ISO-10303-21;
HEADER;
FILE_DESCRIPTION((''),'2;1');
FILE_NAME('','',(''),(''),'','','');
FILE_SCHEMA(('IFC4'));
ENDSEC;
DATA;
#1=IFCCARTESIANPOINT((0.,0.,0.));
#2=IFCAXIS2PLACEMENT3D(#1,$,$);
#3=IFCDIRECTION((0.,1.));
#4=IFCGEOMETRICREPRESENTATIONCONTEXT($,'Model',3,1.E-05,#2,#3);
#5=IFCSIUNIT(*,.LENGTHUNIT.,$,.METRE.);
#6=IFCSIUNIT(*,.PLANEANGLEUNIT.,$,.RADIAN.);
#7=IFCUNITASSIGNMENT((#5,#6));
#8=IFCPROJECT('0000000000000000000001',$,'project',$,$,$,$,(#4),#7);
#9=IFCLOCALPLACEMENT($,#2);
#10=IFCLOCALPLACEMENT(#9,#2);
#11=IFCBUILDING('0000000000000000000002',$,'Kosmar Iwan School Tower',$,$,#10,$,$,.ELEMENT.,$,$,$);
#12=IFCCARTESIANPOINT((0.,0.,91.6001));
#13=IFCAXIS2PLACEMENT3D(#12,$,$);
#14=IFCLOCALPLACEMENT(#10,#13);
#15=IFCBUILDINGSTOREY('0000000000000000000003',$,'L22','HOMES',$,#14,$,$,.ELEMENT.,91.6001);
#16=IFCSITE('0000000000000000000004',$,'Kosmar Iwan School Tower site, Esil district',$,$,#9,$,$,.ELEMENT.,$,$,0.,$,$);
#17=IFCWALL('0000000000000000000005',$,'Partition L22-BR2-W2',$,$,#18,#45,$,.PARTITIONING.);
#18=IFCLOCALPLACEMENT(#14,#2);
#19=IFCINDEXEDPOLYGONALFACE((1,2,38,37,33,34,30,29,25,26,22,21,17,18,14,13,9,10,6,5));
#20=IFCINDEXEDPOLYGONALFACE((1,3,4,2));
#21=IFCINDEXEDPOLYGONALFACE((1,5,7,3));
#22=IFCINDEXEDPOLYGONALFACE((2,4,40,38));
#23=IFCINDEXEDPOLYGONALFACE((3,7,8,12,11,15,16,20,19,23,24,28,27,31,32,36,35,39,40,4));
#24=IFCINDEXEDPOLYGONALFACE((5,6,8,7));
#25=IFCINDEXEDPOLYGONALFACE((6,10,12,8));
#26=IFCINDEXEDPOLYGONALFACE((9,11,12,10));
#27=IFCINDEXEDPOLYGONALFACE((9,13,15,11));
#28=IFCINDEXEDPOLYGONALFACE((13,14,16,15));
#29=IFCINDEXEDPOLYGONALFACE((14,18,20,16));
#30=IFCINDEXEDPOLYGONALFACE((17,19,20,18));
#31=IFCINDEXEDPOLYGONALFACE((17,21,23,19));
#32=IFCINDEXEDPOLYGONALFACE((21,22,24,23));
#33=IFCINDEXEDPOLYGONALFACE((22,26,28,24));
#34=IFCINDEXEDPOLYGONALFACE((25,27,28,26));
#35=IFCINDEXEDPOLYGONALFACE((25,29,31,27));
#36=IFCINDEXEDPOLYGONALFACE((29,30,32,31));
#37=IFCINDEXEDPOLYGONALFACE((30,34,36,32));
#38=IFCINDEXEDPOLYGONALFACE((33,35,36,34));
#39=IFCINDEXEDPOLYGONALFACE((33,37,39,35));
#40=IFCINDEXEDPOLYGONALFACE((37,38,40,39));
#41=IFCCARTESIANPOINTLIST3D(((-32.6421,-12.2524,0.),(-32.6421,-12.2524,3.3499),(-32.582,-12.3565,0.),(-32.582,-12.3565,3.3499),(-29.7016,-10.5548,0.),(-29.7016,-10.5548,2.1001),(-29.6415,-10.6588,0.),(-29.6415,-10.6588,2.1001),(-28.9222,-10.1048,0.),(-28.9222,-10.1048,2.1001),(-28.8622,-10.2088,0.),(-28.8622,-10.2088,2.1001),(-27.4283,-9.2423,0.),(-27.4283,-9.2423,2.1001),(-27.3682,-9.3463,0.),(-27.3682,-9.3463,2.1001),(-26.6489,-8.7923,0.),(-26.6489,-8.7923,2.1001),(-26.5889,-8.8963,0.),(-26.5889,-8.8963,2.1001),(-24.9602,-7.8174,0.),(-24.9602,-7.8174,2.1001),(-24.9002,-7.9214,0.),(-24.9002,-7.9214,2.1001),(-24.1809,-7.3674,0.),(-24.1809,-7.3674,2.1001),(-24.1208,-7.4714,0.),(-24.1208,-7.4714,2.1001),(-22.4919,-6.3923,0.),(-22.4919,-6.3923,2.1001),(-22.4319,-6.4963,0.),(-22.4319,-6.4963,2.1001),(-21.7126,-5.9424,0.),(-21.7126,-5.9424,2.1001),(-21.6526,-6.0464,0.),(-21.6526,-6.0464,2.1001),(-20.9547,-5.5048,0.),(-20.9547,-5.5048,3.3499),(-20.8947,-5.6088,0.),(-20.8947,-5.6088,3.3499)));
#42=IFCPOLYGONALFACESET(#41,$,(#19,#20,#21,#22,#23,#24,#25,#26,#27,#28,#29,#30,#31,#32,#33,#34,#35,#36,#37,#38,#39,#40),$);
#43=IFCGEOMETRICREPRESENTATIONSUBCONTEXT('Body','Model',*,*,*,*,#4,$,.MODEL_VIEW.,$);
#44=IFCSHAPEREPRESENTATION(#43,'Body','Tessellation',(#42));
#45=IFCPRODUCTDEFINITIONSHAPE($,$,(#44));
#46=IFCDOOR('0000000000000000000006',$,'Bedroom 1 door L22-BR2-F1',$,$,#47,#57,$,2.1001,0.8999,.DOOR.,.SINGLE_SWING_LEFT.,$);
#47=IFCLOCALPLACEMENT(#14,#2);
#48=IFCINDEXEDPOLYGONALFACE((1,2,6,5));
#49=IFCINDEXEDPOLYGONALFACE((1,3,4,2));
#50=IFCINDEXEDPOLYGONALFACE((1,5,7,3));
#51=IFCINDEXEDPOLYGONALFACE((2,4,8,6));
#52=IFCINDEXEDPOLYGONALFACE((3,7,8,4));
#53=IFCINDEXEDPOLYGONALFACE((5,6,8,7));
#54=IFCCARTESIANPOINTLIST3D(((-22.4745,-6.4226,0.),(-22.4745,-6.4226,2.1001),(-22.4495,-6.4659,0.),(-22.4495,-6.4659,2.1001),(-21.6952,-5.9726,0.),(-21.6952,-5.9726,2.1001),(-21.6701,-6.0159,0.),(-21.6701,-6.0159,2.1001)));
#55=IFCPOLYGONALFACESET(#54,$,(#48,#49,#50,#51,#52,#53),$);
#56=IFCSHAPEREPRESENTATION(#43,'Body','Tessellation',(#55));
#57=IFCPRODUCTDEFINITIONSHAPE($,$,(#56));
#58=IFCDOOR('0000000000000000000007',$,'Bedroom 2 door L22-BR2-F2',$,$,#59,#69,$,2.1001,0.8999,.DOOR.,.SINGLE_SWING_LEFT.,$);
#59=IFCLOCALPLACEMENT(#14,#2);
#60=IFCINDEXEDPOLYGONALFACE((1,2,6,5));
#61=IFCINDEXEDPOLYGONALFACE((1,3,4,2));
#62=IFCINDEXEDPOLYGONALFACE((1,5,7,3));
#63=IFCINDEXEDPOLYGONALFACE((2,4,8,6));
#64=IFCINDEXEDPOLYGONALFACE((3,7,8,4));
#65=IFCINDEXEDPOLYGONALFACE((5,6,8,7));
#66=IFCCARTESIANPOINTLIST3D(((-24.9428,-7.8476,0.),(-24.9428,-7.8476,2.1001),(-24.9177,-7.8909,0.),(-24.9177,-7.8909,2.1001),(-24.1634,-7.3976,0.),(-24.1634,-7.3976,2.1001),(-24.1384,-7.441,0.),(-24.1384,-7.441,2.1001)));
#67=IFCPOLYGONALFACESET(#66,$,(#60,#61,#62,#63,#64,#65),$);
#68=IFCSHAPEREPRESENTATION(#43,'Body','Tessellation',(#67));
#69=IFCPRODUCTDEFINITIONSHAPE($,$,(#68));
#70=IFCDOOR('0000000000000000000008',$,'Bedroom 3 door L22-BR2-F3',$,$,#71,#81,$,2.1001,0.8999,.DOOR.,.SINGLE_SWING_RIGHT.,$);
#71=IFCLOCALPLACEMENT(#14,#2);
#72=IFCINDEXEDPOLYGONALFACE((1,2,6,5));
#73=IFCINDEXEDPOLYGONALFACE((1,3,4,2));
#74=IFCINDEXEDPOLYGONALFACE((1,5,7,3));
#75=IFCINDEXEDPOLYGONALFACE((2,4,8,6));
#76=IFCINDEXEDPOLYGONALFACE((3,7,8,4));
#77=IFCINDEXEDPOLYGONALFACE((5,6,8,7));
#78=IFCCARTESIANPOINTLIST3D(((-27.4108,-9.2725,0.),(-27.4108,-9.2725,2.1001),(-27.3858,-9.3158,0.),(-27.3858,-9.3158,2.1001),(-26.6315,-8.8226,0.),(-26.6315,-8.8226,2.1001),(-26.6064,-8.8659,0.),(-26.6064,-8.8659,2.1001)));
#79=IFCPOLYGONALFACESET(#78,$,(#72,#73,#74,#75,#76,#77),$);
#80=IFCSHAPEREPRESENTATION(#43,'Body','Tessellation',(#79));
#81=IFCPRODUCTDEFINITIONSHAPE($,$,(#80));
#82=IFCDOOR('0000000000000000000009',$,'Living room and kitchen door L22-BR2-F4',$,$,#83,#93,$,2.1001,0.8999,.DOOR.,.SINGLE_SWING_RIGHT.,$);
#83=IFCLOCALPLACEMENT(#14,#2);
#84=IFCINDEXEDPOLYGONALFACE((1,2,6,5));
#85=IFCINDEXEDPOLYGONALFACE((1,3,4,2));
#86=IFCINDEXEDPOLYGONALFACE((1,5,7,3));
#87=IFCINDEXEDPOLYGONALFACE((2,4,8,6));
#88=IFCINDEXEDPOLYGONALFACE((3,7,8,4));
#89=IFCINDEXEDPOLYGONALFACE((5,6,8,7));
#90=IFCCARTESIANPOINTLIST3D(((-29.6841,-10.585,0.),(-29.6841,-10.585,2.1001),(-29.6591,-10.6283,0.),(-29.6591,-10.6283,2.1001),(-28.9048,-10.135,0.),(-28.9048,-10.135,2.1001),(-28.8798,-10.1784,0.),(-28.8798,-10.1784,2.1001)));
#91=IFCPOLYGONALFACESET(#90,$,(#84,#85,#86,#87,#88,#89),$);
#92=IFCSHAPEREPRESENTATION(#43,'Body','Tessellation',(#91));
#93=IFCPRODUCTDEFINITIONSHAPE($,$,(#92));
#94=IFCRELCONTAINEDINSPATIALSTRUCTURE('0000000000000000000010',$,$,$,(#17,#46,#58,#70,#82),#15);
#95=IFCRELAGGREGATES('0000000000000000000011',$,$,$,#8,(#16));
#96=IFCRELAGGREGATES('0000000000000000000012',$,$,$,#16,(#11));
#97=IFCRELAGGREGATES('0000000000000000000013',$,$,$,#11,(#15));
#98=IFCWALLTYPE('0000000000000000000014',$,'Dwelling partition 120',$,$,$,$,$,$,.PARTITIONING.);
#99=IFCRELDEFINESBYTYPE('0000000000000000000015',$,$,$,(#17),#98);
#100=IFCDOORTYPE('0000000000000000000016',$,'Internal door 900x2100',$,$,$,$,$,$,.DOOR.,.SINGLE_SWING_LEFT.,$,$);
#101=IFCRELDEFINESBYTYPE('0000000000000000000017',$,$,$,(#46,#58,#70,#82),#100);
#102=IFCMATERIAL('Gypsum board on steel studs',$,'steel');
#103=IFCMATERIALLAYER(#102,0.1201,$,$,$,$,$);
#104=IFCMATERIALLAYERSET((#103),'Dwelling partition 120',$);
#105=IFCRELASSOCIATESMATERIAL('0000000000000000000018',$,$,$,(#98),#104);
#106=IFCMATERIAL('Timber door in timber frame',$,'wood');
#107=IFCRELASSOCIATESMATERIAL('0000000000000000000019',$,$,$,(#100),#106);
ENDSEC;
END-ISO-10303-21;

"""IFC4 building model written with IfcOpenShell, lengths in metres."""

from ifc_helpers import new_model, si_unit, direction, frame, frame_2d, origin, place, context, subcontext, project, spatial, rectangle, extrude, material, layer, layer_set, type_object, element, fill, save


model = new_model("IFC4")

# Units and contexts
model_context = context("Model", 3, precision=1e-05, world=origin(), true_north=direction((0.0, 1.0)))
body_context = subcontext(model_context, "Body", "Model", "MODEL_VIEW")
ifc_project = project(units=[si_unit("LENGTHUNIT", "METRE"), si_unit("PLANEANGLEUNIT", "RADIAN")], contexts=[model_context])

# Site, building, storey
site_placement = place(None, origin())
site = spatial("IfcSite", under=ifc_project, at=site_placement, Name="Kosmar Iwan School Tower site, Esil district", CompositionType="ELEMENT", RefElevation=0.0)
building_placement = place(site_placement, origin())
building = spatial("IfcBuilding", under=site, at=building_placement, Name="Kosmar Iwan School Tower", CompositionType="ELEMENT")
storey_placement = place(building_placement, frame((0.0, 0.0, 91.6001)))
storey = spatial("IfcBuildingStorey", under=building, at=storey_placement, Name="L22", Description="HOMES", CompositionType="ELEMENT", Elevation=91.6001)

# Shared definitions
ifc_material_1 = material(Name="Gypsum board on steel studs", Category="steel")
ifc_layer = layer(ifc_material_1, 0.1201)
ifc_layer_set = layer_set([ifc_layer], Name="Dwelling partition 120")
wall_type = type_object("IfcWallType", Name="Dwelling partition 120", PredefinedType="PARTITIONING", material=ifc_layer_set)

# Wall, openings, doors
wall_1_placement = place(storey_placement, frame((-20.9248, -5.5569, 0.0), z_axis=(0.0, 0.0, 1.0), x_axis=(-0.866028, -0.499995, 0.0)))
wall_1 = element("IfcWall", 1, at=wall_1_placement, inside=storey, type_object=wall_type, Name="Partition L22-BR2-W2", PredefinedType="PARTITIONING", context=body_context, shape_type="SweptSolid", body=[
    extrude(rectangle(XDim=13.4954, YDim=0.1201, at=frame_2d((6.7476, 0.0))), origin(), (0.0, 0.0, 1.0), 3.3499),
])
opening_1_placement = place(wall_1_placement, frame((0.875, 0.0, 0.0)))
opening_1 = element("IfcOpeningElement", 2, at=opening_1_placement, cuts=wall_1, PredefinedType="OPENING", context=body_context, shape_type="SweptSolid", body=[
    extrude(rectangle(XDim=0.8999, YDim=2.1001, at=frame_2d((0.45, 1.05))), frame((0.0, 0.072, 0.0), z_axis=(0.0, -1.0, 0.0), x_axis=(1.0, 0.0, 0.0)), (0.0, 0.0, 1.0), 0.144),
])
opening_2_placement = place(wall_1_placement, frame((3.7251, 0.0, 0.0)))
opening_2 = element("IfcOpeningElement", 3, at=opening_2_placement, cuts=wall_1, PredefinedType="OPENING", context=body_context, shape_type="SweptSolid", body=[
    extrude(rectangle(XDim=0.8999, YDim=2.1001, at=frame_2d((0.45, 1.05))), frame((0.0, 0.072, 0.0), z_axis=(0.0, -1.0, 0.0), x_axis=(1.0, 0.0, 0.0)), (0.0, 0.0, 1.0), 0.144),
])
opening_3_placement = place(wall_1_placement, frame((6.575, 0.0, 0.0)))
opening_3 = element("IfcOpeningElement", 4, at=opening_3_placement, cuts=wall_1, PredefinedType="OPENING", context=body_context, shape_type="SweptSolid", body=[
    extrude(rectangle(XDim=0.8999, YDim=2.1001, at=frame_2d((0.45, 1.05))), frame((0.0, 0.072, 0.0), z_axis=(0.0, -1.0, 0.0), x_axis=(1.0, 0.0, 0.0)), (0.0, 0.0, 1.0), 0.144),
])
opening_4_placement = place(wall_1_placement, frame((9.2, 0.0, 0.0)))
opening_4 = element("IfcOpeningElement", 5, at=opening_4_placement, cuts=wall_1, PredefinedType="OPENING", context=body_context, shape_type="SweptSolid", body=[
    extrude(rectangle(XDim=0.8999, YDim=2.1001, at=frame_2d((0.45, 1.05))), frame((0.0, 0.072, 0.0), z_axis=(0.0, -1.0, 0.0), x_axis=(1.0, 0.0, 0.0)), (0.0, 0.0, 1.0), 0.144),
])
ifc_material_2 = material(Name="Timber door in timber frame", Category="wood")
door_type = type_object("IfcDoorType", Name="Internal door 900x2100", OperationType="SINGLE_SWING_LEFT", PredefinedType="DOOR", material=ifc_material_2)
door_1_placement = place(opening_1_placement, origin())
door_1 = element("IfcDoor", 6, at=door_1_placement, inside=storey, type_object=door_type, Name="Bedroom 1 door L22-BR2-F1", OperationType="SINGLE_SWING_LEFT", OverallHeight=2.1001, OverallWidth=0.8999, PredefinedType="DOOR", context=body_context, shape_type="SweptSolid", body=[
    extrude(rectangle(XDim=0.8999, YDim=2.1001, at=frame_2d((0.45, 1.05))), frame((0.0, 0.0249, 0.0), z_axis=(0.0, -1.0, 0.0), x_axis=(1.0, 0.0, 0.0)), (0.0, 0.0, 1.0), 0.05),
])
fill(opening_1, door_1)
door_2_placement = place(opening_2_placement, origin())
door_2 = element("IfcDoor", 7, at=door_2_placement, inside=storey, type_object=door_type, Name="Bedroom 2 door L22-BR2-F2", OperationType="SINGLE_SWING_LEFT", OverallHeight=2.1001, OverallWidth=0.8999, PredefinedType="DOOR", context=body_context, shape_type="SweptSolid", body=[
    extrude(rectangle(XDim=0.8999, YDim=2.1001, at=frame_2d((0.45, 1.05))), frame((0.0, 0.0249, 0.0), z_axis=(0.0, -1.0, 0.0), x_axis=(1.0, 0.0, 0.0)), (0.0, 0.0, 1.0), 0.05),
])
fill(opening_2, door_2)
door_3_placement = place(opening_3_placement, origin())
door_3 = element("IfcDoor", 8, at=door_3_placement, inside=storey, type_object=door_type, Name="Bedroom 3 door L22-BR2-F3", OperationType="SINGLE_SWING_RIGHT", OverallHeight=2.1001, OverallWidth=0.8999, PredefinedType="DOOR", context=body_context, shape_type="SweptSolid", body=[
    extrude(rectangle(XDim=0.8999, YDim=2.1001, at=frame_2d((0.45, 1.05))), frame((0.0, 0.0249, 0.0), z_axis=(0.0, -1.0, 0.0), x_axis=(1.0, 0.0, 0.0)), (0.0, 0.0, 1.0), 0.05),
])
fill(opening_3, door_3)
door_4_placement = place(opening_4_placement, origin())
door_4 = element("IfcDoor", 9, at=door_4_placement, inside=storey, type_object=door_type, Name="Living room and kitchen door L22-BR2-F4", OperationType="SINGLE_SWING_RIGHT", OverallHeight=2.1001, OverallWidth=0.8999, PredefinedType="DOOR", context=body_context, shape_type="SweptSolid", body=[
    extrude(rectangle(XDim=0.8999, YDim=2.1001, at=frame_2d((0.45, 1.05))), frame((0.0, 0.0249, 0.0), z_axis=(0.0, -1.0, 0.0), x_axis=(1.0, 0.0, 0.0)), (0.0, 0.0, 1.0), 0.05),
])
fill(opening_4, door_4)

save(model, "model.ifc")
